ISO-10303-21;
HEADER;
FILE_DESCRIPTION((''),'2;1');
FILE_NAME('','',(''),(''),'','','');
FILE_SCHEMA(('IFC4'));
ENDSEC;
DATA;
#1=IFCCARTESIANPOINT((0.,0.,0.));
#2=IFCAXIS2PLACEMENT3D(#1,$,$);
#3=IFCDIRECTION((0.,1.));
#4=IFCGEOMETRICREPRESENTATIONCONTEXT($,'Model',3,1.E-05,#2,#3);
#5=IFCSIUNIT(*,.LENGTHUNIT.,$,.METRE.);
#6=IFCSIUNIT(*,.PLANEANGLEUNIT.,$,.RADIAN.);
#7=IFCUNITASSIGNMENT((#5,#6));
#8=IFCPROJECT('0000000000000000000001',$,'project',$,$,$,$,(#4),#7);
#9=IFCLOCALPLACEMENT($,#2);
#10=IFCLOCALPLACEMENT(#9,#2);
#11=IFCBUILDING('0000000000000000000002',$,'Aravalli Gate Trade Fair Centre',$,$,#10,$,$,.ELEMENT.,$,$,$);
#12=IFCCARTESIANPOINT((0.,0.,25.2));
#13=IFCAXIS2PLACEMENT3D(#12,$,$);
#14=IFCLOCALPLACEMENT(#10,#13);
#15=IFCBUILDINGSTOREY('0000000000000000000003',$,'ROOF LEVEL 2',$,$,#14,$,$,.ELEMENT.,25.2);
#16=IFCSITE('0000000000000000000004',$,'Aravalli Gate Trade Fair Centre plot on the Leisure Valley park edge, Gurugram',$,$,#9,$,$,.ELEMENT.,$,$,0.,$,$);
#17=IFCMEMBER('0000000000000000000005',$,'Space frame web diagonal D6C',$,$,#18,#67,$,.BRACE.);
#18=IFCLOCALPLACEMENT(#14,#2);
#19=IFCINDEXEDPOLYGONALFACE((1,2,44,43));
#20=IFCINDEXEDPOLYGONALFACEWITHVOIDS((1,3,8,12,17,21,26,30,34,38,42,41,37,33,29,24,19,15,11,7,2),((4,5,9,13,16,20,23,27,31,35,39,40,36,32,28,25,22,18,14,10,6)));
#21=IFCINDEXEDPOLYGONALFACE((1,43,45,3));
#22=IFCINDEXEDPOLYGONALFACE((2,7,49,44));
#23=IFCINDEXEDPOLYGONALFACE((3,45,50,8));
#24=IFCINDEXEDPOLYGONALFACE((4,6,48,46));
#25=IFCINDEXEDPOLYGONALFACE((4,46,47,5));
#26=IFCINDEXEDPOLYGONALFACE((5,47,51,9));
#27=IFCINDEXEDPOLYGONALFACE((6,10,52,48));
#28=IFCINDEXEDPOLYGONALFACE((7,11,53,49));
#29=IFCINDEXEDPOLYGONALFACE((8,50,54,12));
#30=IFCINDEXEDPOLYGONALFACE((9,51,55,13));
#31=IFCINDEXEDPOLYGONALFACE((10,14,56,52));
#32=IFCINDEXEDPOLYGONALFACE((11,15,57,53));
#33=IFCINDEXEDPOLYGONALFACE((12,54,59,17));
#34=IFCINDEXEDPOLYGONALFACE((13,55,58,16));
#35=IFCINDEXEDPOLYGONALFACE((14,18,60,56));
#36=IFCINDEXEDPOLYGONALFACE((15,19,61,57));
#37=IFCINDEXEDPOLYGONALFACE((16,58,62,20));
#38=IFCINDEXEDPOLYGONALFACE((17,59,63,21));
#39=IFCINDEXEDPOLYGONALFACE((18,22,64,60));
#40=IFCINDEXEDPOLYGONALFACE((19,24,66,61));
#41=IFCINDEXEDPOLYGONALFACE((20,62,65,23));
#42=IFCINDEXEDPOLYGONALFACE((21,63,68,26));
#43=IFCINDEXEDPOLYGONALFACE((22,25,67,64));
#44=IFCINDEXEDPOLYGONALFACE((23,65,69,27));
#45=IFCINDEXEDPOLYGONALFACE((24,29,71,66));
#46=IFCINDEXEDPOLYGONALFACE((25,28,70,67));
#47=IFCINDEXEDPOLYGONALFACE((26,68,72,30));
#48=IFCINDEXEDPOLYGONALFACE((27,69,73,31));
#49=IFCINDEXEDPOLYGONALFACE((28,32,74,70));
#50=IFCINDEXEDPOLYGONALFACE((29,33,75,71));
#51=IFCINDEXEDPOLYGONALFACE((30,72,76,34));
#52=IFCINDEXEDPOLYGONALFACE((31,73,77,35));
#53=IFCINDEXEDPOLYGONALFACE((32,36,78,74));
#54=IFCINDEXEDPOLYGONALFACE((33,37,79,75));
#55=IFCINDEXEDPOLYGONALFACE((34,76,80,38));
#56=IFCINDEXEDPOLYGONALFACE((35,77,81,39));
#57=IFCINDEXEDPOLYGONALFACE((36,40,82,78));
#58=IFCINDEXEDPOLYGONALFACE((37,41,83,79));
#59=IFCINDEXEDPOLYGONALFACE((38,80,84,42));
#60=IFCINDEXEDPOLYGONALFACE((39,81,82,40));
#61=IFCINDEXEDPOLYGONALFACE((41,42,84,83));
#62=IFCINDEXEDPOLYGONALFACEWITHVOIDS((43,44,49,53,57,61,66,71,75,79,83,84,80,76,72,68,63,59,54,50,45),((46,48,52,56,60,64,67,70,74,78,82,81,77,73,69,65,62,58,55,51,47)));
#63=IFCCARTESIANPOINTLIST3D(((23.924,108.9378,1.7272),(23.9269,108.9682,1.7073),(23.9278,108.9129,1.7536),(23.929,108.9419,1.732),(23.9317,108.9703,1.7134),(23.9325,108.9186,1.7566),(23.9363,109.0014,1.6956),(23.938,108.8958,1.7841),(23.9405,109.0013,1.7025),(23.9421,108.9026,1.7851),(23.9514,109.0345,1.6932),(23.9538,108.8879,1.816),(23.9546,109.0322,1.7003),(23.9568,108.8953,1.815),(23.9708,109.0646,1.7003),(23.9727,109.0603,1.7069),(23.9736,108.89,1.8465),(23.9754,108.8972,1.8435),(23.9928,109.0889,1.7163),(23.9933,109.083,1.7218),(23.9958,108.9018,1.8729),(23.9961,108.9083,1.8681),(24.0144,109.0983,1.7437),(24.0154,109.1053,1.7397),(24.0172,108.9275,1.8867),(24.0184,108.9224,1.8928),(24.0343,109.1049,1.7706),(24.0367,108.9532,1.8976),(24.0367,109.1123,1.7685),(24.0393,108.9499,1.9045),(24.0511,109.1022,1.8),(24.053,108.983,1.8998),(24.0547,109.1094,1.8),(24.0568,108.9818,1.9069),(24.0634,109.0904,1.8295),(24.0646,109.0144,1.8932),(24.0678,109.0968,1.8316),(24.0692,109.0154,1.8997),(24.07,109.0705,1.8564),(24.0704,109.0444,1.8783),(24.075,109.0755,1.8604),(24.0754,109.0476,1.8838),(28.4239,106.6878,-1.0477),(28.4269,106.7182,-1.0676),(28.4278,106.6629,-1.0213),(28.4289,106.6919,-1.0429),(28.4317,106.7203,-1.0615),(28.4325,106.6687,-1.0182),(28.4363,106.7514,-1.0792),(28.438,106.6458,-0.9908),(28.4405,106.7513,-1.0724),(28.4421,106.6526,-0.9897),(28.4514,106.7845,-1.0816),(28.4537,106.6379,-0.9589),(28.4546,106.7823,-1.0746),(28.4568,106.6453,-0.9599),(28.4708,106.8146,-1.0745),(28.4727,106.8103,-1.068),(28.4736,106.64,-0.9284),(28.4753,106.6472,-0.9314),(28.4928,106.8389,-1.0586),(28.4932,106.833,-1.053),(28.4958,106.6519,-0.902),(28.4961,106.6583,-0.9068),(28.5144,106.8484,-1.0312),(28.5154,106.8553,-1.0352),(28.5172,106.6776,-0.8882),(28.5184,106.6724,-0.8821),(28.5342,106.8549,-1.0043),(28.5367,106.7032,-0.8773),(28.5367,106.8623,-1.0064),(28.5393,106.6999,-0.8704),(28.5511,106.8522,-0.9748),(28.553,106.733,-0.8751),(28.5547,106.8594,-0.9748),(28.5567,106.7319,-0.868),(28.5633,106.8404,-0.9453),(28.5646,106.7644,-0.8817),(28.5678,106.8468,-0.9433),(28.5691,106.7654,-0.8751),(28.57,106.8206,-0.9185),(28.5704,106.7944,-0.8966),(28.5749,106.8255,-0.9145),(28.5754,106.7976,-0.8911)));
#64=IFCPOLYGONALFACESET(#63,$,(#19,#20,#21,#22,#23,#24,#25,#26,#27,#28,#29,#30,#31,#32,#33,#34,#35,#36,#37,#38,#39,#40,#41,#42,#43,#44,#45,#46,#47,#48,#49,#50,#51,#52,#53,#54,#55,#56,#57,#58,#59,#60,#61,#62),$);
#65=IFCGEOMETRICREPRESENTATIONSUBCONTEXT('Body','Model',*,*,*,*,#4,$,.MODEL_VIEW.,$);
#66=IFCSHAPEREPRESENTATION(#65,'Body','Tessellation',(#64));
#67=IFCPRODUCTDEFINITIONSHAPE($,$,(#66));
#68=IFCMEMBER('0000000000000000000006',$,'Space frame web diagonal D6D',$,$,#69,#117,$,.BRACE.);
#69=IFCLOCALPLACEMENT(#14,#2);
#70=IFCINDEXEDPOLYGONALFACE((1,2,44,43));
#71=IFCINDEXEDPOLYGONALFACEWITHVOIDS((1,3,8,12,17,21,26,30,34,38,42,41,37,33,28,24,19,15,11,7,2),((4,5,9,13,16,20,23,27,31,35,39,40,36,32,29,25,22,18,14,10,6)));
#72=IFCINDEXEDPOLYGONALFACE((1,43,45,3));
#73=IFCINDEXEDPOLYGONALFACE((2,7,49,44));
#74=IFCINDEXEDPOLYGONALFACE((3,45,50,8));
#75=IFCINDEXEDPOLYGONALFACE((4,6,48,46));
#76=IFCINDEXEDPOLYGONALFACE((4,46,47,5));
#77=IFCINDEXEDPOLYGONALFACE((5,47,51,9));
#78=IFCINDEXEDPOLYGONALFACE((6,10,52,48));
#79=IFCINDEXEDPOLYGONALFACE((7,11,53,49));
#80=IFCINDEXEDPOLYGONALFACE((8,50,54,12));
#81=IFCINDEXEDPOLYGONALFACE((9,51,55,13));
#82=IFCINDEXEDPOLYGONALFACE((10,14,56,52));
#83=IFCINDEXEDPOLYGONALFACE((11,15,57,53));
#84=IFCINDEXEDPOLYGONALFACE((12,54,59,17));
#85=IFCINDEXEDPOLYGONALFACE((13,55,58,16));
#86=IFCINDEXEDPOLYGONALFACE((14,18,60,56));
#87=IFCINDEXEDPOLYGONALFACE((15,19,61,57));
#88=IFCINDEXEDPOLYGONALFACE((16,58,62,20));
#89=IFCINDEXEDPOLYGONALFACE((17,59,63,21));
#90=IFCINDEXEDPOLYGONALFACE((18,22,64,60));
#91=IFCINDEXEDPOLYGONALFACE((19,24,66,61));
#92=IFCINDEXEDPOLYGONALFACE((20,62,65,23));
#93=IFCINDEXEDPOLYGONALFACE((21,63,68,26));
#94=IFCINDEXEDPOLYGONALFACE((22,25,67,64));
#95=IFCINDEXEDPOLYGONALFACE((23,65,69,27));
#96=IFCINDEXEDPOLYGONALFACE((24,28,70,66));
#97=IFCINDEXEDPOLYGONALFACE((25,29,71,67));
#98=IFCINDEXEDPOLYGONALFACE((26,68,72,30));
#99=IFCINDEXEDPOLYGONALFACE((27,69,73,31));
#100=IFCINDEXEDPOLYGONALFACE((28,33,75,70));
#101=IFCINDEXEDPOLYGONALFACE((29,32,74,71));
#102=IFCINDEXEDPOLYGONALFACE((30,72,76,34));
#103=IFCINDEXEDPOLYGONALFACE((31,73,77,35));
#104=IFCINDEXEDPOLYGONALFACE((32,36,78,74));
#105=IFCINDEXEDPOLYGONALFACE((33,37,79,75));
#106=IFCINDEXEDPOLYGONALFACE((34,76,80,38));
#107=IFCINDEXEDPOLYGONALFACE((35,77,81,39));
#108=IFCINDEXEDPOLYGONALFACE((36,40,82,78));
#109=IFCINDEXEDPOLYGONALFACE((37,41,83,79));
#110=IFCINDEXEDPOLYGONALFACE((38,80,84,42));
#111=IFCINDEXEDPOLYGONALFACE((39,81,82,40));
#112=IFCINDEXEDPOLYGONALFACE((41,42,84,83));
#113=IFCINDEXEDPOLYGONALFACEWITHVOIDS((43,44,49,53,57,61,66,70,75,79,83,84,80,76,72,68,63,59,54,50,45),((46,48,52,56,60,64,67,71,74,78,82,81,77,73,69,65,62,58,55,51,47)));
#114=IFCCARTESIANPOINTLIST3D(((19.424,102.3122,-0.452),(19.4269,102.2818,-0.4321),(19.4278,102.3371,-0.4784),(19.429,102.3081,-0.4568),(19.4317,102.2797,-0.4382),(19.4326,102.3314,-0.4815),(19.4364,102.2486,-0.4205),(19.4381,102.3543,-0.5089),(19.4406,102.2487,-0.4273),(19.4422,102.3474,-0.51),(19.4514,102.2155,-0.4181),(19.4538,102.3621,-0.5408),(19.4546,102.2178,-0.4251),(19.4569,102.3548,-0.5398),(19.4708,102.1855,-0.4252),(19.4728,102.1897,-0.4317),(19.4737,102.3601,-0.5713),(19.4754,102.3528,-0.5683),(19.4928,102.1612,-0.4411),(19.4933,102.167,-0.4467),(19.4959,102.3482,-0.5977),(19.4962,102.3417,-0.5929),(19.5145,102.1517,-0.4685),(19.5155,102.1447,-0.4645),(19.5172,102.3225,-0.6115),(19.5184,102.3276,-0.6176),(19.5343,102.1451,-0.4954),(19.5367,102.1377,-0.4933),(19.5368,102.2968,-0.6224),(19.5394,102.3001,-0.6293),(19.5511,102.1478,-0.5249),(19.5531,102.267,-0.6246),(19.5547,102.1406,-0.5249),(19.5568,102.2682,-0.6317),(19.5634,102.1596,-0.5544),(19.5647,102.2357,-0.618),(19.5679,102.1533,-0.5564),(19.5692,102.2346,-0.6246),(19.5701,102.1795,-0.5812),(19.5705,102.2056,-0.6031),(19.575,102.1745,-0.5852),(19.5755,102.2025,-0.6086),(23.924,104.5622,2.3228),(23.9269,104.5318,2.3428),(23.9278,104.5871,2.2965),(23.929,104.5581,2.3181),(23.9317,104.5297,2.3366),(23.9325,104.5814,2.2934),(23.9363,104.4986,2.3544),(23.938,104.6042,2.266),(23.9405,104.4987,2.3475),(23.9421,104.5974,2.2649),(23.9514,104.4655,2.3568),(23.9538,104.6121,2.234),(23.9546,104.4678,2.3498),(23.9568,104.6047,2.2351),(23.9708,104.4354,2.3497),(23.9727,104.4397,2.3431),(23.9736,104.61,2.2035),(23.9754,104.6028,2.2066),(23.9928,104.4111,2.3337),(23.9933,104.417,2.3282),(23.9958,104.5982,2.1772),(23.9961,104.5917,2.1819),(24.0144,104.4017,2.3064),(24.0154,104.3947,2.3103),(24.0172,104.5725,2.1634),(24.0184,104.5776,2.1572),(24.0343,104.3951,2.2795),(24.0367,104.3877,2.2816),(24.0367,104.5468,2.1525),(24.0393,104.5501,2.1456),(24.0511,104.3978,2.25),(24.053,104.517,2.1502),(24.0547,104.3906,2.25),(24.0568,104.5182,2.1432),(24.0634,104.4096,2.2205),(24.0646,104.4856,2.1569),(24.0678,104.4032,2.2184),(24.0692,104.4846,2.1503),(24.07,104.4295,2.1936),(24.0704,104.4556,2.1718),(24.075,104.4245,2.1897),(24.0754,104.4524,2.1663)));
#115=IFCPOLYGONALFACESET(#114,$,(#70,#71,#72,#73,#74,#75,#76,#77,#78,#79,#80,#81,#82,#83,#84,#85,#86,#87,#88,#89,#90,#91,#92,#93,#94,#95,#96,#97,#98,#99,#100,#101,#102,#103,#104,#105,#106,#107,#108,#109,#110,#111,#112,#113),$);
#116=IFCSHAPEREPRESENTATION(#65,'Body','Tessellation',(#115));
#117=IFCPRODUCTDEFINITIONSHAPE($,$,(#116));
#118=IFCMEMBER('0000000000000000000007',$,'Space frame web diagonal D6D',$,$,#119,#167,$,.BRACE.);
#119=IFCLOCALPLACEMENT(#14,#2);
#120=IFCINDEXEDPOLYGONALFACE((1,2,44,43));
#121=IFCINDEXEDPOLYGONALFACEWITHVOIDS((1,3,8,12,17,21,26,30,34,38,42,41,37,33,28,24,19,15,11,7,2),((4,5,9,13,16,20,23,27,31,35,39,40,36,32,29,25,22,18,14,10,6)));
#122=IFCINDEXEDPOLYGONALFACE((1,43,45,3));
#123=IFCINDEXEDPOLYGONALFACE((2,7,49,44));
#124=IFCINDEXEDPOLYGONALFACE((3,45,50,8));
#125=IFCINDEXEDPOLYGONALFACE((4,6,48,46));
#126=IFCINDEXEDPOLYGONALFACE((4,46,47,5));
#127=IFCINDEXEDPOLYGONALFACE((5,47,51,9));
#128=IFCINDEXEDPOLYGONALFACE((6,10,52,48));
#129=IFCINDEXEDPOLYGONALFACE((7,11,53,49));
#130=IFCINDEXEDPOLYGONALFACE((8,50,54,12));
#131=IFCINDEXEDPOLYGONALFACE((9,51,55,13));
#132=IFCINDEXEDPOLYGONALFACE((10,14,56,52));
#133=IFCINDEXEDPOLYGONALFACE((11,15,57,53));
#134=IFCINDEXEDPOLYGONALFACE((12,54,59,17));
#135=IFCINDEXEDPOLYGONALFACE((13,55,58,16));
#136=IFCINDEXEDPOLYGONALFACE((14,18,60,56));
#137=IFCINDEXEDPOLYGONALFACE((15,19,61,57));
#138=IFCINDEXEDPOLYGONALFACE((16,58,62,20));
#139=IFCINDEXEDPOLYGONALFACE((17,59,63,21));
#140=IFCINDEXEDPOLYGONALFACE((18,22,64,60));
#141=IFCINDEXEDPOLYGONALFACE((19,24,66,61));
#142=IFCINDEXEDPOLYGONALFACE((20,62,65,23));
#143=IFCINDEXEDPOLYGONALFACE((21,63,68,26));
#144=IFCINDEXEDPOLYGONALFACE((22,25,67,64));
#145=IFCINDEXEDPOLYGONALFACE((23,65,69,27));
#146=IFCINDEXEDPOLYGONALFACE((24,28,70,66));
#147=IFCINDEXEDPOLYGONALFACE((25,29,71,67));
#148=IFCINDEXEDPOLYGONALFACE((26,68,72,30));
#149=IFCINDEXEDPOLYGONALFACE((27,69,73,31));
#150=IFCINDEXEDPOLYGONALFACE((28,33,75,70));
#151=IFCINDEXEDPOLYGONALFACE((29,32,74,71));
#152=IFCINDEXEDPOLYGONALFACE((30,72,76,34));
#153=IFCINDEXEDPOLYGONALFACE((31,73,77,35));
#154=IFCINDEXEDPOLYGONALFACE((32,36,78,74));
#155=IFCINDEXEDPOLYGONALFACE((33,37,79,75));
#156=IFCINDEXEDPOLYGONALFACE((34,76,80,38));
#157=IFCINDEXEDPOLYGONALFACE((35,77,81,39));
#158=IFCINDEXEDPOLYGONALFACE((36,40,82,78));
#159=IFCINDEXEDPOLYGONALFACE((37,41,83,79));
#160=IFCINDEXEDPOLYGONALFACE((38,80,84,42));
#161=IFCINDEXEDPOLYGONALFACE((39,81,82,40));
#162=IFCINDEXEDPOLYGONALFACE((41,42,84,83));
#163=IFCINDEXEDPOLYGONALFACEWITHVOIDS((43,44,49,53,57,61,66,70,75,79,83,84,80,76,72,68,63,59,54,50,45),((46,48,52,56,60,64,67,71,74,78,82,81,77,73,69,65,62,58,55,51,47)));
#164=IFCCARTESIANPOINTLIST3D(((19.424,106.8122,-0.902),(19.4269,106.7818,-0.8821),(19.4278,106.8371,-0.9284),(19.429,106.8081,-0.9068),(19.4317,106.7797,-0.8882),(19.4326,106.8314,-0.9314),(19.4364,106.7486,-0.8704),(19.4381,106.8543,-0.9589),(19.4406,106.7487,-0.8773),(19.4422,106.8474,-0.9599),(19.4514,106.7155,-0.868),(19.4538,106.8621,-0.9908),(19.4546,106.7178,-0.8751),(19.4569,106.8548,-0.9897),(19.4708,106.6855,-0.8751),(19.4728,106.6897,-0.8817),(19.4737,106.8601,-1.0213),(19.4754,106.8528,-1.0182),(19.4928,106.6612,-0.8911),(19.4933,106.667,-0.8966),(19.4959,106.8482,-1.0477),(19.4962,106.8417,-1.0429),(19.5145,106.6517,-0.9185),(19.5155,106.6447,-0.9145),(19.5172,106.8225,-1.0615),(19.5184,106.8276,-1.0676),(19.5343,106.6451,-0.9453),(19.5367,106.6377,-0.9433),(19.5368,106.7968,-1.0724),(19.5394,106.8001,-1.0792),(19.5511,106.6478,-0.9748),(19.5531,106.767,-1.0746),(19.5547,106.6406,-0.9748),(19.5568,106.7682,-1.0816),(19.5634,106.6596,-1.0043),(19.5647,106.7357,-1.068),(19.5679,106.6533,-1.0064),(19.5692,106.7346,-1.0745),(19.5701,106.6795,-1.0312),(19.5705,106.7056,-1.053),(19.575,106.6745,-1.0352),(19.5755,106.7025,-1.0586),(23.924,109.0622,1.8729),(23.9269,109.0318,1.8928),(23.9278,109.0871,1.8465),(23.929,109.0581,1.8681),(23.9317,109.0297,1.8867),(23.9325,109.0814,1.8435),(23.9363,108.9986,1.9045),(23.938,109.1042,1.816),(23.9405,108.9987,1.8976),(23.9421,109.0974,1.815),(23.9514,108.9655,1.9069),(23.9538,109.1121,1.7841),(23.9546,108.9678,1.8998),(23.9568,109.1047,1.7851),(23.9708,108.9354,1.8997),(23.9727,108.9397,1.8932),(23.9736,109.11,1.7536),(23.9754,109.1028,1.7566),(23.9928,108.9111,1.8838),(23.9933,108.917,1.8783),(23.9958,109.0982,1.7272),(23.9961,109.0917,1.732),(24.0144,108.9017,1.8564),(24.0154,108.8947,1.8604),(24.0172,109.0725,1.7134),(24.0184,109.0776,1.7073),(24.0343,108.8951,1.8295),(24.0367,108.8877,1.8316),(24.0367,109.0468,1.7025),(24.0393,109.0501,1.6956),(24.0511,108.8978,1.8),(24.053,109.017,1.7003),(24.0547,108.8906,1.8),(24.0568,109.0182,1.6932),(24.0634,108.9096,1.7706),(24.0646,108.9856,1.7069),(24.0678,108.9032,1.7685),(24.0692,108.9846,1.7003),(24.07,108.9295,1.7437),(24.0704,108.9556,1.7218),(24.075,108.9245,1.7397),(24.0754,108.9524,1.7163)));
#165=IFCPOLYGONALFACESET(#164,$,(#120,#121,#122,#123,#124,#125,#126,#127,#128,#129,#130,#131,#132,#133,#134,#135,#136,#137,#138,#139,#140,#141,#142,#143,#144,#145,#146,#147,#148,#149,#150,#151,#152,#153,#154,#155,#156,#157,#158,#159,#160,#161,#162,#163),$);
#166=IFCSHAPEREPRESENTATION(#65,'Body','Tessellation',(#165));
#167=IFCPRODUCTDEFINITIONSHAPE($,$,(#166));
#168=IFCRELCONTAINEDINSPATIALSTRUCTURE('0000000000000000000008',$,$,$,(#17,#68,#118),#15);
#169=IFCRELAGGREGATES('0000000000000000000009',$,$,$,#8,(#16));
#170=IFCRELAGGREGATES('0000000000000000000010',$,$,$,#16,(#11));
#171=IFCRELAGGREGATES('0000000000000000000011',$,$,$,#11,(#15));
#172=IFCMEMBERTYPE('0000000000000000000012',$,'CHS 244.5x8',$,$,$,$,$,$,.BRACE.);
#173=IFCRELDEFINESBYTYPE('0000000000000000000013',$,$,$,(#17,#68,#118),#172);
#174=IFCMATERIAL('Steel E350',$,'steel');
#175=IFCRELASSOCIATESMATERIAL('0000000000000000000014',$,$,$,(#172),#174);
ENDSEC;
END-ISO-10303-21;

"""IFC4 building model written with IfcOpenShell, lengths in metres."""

from ifc_helpers import new_model, si_unit, direction, frame, origin, origin_2d, place, context, subcontext, project, spatial, hollow_circle, extrude, material, material_profile, profile_set, type_object, element, save


model = new_model("IFC4")

# Units and contexts
model_context = context("Model", 3, precision=1e-05, world=origin(), true_north=direction((0.0, 1.0)))
body_context = subcontext(model_context, "Body", "Model", "MODEL_VIEW")
ifc_project = project(units=[si_unit("LENGTHUNIT", "METRE"), si_unit("PLANEANGLEUNIT", "RADIAN")], contexts=[model_context])

# Site, building, storey
site_placement = place(None, origin())
site = spatial("IfcSite", under=ifc_project, at=site_placement, Name="Aravalli Gate Trade Fair Centre plot on the Leisure Valley park edge, Gurugram", CompositionType="ELEMENT", RefElevation=0.0)
building_placement = place(site_placement, origin())
building = spatial("IfcBuilding", under=site, at=building_placement, Name="Aravalli Gate Trade Fair Centre", CompositionType="ELEMENT")
storey_placement = place(building_placement, frame((0.0, 0.0, 25.2)))
storey = spatial("IfcBuildingStorey", under=building, at=storey_placement, Name="ROOF LEVEL 2", CompositionType="ELEMENT", Elevation=25.2)

# Members
ifc_material_1 = material(Name="Steel E350", Category="steel")
ifc_material_profile_1 = material_profile(ifc_material_1, hollow_circle(Radius=0.1223, WallThickness=0.0081, at=origin_2d()), Name="CHS 244.5x8")
ifc_profile_set_1 = profile_set([ifc_material_profile_1], Name="Steel E350")
member_type_1 = type_object("IfcMemberType", Name="CHS 244.5x8", PredefinedType="BRACE", material=ifc_profile_set_1)
for number, where, z_axis, x_axis, name in (
    (1, (24.0, 109.0, 1.8), (0.7832, -0.3916, -0.482956), (0.447214, 0.894427, 0.0), "Space frame web diagonal D6C"),
    (2, (24.0, 104.5, 2.25), (-0.7832, -0.3916, -0.482956), (0.447214, -0.894427, 0.0), "Space frame web diagonal D6D"),
    (3, (24.0, 109.0, 1.8), (-0.7832, -0.3916, -0.482956), (0.447214, -0.894427, 0.0), "Space frame web diagonal D6D"),
):
    element("IfcMember", number, at=place(storey_placement, frame(where, z_axis=z_axis, x_axis=x_axis)), inside=storey, type_object=member_type_1, Name=name, PredefinedType="BRACE", context=body_context, shape_type="SweptSolid", body=[
        extrude(hollow_circle(Radius=0.1223, WallThickness=0.0081, at=origin_2d()), origin(), (0.0, 0.0, 1.0), 5.7456),
    ])

save(model, "model.ifc")
